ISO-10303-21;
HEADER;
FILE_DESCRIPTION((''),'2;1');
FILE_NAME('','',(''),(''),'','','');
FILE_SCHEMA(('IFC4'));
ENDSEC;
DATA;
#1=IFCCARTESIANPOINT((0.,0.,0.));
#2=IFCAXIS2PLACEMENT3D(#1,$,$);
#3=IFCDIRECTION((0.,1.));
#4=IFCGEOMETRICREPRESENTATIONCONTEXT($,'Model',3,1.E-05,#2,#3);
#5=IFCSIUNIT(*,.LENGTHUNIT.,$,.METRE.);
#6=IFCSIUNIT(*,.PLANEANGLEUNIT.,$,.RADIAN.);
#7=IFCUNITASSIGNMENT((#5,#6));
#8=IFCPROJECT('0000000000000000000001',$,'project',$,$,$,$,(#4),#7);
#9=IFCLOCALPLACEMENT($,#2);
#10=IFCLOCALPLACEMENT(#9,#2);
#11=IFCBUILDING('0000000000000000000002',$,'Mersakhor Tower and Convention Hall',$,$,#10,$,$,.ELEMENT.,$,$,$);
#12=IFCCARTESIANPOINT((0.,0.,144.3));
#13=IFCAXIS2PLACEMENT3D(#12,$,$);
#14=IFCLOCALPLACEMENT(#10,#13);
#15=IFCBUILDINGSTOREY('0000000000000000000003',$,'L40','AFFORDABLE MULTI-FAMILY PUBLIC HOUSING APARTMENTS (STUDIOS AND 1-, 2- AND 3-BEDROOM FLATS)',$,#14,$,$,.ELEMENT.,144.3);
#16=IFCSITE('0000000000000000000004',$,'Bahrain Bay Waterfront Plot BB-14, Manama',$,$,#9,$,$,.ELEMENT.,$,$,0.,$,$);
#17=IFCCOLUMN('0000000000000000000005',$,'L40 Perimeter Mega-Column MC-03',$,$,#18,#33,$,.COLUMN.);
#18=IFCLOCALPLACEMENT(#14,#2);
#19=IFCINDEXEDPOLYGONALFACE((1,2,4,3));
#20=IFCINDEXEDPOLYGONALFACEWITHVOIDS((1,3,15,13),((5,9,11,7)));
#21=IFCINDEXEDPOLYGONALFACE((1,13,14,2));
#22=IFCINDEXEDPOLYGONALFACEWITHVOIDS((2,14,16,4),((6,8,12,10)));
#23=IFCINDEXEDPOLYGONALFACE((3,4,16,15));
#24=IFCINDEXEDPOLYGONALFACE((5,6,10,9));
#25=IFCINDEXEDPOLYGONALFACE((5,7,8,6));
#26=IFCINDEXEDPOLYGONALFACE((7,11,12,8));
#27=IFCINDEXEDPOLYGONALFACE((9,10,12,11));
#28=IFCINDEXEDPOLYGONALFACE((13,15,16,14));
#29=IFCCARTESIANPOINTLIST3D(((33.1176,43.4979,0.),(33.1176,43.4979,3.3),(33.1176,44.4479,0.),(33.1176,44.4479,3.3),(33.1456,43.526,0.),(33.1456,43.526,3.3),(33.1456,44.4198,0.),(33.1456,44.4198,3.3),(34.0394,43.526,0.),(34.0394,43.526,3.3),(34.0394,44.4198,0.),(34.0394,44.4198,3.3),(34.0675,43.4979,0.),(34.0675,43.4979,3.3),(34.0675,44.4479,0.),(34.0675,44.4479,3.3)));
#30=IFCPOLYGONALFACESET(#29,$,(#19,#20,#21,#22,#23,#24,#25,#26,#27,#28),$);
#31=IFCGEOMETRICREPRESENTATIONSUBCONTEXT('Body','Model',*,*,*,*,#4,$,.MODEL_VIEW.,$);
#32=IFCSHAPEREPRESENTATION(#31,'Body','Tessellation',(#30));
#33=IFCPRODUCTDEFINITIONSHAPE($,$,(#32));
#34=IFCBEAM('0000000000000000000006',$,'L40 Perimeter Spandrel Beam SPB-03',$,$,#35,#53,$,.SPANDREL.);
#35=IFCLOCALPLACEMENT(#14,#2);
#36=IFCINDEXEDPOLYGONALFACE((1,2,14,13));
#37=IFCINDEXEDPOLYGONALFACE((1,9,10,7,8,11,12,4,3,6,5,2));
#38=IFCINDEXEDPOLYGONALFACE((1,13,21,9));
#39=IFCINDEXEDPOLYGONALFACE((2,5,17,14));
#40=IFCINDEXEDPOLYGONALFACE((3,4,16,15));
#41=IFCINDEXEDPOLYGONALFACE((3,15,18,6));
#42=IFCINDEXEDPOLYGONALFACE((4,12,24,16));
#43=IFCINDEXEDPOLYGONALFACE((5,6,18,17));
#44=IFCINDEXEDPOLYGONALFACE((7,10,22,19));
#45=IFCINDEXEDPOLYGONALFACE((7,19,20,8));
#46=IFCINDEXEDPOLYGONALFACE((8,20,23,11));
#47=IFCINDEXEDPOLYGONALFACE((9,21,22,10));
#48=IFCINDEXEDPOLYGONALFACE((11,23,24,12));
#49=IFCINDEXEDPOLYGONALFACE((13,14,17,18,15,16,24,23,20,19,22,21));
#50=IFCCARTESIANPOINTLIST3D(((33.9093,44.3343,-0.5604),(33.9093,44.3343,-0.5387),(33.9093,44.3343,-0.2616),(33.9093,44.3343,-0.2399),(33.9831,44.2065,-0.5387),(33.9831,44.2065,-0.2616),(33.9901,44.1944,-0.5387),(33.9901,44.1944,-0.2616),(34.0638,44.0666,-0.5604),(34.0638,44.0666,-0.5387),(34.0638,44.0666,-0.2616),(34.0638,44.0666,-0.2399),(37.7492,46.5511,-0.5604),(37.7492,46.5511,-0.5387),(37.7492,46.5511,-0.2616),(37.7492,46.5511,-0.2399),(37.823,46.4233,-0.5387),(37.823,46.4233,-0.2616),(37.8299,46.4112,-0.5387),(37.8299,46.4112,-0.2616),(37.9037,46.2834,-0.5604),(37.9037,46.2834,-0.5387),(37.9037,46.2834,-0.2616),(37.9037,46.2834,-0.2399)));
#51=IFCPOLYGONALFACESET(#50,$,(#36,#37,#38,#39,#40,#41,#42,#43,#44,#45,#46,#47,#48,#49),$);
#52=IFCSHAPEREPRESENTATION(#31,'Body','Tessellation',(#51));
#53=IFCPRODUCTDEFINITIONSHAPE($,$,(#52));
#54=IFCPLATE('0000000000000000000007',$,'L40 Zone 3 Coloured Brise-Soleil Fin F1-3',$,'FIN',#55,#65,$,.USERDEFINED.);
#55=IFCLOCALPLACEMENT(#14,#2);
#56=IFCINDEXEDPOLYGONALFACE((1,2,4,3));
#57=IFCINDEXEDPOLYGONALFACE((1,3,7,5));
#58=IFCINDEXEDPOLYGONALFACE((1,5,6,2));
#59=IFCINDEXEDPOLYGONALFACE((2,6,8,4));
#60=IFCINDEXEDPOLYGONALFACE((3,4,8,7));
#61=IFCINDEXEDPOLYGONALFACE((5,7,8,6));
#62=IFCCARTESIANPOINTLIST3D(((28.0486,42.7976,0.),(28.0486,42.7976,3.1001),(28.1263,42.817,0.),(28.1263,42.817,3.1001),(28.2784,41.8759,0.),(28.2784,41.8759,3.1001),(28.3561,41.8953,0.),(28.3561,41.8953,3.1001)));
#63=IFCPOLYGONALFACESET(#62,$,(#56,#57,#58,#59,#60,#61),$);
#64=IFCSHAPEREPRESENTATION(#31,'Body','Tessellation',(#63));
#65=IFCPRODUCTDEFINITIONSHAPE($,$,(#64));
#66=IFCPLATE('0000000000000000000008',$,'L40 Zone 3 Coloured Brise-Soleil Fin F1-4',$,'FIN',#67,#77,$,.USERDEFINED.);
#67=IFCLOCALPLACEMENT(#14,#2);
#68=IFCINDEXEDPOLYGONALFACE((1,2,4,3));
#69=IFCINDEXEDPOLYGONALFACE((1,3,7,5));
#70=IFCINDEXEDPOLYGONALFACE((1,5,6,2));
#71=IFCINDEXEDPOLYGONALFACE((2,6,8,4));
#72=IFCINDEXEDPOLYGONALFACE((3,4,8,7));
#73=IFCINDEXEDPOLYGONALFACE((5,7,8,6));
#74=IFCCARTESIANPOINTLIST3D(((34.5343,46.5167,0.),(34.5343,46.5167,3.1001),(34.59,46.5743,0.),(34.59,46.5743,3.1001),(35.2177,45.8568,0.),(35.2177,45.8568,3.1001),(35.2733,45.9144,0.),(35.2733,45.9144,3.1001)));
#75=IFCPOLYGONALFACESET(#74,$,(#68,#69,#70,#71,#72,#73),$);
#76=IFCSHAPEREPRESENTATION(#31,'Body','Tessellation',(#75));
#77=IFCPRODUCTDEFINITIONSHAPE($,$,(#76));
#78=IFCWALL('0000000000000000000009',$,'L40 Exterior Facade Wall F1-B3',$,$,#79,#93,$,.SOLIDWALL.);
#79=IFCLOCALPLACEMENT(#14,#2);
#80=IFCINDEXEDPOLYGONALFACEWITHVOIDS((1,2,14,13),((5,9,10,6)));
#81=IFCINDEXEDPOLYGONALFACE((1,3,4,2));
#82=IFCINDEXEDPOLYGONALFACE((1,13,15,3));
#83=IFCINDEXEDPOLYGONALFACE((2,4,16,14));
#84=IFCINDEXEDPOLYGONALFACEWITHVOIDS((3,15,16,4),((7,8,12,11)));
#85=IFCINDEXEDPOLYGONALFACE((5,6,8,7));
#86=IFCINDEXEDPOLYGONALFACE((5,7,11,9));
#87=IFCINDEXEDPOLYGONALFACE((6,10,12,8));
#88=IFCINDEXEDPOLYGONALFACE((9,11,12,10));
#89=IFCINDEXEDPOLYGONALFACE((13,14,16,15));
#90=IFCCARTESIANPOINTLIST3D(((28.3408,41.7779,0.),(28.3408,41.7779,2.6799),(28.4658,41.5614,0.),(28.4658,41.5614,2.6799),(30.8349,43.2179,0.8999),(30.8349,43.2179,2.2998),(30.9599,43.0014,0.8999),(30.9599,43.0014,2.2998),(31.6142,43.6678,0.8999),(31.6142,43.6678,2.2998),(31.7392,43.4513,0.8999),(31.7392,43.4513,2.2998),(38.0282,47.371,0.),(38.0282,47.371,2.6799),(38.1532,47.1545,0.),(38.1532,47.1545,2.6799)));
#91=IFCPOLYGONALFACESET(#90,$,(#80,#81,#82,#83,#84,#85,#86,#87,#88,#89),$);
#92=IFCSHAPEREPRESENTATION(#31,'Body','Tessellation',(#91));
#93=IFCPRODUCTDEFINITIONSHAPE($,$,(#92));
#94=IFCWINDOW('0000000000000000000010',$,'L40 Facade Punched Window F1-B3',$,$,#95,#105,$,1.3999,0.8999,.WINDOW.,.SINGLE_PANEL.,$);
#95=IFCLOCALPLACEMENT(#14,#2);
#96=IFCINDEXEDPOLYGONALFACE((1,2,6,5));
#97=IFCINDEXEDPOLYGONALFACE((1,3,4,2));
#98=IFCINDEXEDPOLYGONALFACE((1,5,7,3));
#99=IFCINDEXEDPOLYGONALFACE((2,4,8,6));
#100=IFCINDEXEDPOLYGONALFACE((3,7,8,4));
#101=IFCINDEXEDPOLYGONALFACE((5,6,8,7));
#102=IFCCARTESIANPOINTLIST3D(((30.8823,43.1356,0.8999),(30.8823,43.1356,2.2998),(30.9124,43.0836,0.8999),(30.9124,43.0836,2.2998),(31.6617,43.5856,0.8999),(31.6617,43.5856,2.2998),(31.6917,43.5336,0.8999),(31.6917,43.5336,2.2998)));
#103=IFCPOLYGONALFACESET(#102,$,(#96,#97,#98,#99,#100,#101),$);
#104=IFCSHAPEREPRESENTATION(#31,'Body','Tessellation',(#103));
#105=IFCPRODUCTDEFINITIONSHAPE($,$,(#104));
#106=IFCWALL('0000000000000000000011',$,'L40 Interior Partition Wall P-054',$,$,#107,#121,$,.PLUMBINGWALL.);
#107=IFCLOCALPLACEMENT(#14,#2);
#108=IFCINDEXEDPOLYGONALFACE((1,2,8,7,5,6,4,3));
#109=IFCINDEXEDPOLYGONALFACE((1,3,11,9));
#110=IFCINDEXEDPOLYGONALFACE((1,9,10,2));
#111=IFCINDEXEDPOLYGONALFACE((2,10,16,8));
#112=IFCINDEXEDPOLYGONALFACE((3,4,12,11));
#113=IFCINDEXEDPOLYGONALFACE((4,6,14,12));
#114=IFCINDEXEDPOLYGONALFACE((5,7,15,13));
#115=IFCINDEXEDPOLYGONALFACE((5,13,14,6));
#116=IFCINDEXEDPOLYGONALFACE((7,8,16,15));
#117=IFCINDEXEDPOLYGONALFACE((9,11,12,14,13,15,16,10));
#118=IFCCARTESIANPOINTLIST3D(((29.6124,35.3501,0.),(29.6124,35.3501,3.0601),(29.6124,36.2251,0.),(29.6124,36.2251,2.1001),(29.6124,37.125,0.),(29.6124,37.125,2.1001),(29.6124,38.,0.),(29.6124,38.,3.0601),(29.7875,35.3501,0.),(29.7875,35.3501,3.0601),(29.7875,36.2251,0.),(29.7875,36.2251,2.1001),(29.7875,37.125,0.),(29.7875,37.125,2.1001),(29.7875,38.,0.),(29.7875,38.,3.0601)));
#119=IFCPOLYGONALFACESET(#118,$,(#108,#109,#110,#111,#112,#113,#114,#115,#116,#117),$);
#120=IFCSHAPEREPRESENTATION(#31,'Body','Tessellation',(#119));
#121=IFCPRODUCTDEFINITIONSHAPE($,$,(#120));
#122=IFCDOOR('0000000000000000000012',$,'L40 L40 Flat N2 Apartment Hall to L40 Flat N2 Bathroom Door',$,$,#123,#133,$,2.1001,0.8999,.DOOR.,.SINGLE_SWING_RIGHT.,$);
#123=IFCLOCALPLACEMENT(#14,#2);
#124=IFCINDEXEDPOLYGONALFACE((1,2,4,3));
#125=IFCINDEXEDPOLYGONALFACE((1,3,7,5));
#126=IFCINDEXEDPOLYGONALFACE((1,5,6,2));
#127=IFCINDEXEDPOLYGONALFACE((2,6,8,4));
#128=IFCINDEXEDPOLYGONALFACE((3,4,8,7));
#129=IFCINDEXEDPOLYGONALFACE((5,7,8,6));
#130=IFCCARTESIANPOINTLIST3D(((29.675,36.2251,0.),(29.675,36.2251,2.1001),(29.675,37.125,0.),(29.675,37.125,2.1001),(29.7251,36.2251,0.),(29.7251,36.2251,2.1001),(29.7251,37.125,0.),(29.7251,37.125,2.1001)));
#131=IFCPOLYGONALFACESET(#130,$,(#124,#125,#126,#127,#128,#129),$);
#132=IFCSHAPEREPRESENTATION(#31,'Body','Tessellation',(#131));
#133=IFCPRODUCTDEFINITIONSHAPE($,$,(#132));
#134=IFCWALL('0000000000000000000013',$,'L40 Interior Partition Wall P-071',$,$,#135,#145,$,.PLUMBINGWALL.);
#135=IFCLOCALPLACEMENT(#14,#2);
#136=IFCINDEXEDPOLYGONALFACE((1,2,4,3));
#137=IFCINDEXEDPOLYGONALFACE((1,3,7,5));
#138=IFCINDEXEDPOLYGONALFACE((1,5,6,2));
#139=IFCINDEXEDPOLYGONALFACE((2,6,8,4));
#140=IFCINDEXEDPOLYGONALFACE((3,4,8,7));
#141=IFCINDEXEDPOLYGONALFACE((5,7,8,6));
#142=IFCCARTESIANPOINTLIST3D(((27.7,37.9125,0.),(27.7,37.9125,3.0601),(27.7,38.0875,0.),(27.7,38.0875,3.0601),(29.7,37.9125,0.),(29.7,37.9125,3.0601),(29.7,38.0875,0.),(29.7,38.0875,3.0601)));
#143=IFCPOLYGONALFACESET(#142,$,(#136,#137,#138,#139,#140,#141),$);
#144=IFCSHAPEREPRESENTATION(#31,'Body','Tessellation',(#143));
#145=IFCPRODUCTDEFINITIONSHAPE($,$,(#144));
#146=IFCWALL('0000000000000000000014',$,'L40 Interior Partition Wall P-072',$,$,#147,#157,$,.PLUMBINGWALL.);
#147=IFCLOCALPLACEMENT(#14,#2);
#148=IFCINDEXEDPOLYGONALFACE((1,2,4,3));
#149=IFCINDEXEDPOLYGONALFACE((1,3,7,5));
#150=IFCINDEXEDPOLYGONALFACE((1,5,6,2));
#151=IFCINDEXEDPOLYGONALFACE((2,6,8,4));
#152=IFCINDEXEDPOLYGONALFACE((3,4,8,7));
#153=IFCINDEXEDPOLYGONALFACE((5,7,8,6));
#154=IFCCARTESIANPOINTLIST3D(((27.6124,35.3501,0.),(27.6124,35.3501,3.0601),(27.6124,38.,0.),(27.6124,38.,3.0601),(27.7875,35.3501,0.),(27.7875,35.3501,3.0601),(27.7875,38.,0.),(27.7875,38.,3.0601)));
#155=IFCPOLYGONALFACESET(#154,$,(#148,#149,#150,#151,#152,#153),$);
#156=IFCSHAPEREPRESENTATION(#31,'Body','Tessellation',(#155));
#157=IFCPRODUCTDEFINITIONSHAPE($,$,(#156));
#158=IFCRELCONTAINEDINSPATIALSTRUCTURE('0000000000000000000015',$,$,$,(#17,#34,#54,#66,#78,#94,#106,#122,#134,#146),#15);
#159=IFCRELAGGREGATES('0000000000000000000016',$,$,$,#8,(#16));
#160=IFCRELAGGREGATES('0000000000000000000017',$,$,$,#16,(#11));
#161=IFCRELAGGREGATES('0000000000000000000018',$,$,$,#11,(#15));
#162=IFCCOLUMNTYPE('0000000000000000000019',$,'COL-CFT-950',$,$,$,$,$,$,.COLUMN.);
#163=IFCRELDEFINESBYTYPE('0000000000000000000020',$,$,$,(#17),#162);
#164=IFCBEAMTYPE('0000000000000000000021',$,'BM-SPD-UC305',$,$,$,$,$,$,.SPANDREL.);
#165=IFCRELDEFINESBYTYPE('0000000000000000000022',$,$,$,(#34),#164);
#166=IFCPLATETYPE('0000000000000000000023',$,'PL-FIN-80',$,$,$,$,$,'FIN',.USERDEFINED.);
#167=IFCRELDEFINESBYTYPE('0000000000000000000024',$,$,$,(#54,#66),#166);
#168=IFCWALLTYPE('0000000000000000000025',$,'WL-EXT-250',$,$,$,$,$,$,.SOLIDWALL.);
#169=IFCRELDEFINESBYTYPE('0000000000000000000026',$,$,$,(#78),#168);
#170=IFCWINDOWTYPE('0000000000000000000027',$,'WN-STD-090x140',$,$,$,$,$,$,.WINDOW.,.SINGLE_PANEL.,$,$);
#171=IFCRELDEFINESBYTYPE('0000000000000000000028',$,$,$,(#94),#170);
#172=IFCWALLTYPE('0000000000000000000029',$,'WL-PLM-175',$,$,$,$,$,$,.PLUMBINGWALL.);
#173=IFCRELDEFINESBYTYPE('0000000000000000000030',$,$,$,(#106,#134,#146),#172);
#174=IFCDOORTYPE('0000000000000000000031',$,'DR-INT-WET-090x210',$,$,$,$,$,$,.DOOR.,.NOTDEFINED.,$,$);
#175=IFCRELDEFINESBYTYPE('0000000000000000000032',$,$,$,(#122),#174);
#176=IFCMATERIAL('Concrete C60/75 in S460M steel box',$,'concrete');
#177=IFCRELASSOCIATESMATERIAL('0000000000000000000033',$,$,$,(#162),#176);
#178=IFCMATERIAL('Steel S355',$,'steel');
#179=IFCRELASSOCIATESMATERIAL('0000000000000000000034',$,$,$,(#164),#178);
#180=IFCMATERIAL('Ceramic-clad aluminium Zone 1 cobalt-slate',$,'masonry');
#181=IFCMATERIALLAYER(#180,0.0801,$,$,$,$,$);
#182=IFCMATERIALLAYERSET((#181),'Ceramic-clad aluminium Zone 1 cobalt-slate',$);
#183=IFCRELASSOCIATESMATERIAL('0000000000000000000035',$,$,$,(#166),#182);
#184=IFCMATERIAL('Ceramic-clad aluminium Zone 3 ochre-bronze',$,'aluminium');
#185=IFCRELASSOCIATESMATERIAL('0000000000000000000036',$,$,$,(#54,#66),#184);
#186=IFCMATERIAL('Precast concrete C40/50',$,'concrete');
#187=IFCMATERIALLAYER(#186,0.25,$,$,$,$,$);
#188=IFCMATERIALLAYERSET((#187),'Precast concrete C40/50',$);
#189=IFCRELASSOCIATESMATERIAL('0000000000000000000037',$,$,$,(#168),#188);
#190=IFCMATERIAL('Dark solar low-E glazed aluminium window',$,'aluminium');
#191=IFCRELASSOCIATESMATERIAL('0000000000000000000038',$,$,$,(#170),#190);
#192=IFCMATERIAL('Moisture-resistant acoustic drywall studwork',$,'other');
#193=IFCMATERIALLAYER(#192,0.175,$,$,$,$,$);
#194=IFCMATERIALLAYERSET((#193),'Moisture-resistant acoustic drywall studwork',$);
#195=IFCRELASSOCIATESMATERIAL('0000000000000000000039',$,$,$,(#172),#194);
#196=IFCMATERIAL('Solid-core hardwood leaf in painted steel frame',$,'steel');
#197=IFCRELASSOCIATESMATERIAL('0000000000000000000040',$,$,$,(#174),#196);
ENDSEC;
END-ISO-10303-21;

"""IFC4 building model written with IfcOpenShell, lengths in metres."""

from ifc_helpers import new_model, si_unit, direction, frame, frame_2d, origin, origin_2d, place, context, subcontext, project, spatial, rectangle, hollow_rectangle, i_section, extrude, material, layer, layer_set, material_profile, profile_set, type_object, element, fill, save


model = new_model("IFC4")

# Units and contexts
model_context = context("Model", 3, precision=1e-05, world=origin(), true_north=direction((0.0, 1.0)))
body_context = subcontext(model_context, "Body", "Model", "MODEL_VIEW")
ifc_project = project(units=[si_unit("LENGTHUNIT", "METRE"), si_unit("PLANEANGLEUNIT", "RADIAN")], contexts=[model_context])

# Site, building, storey
site_placement = place(None, origin())
site = spatial("IfcSite", under=ifc_project, at=site_placement, Name="Bahrain Bay Waterfront Plot BB-14, Manama", CompositionType="ELEMENT", RefElevation=0.0)
building_placement = place(site_placement, origin())
building = spatial("IfcBuilding", under=site, at=building_placement, Name="Mersakhor Tower and Convention Hall", CompositionType="ELEMENT")
storey_placement = place(building_placement, frame((0.0, 0.0, 144.3)))
storey = spatial("IfcBuildingStorey", under=building, at=storey_placement, Name="L40", Description="AFFORDABLE MULTI-FAMILY PUBLIC HOUSING APARTMENTS (STUDIOS AND 1-, 2- AND 3-BEDROOM FLATS)", CompositionType="ELEMENT", Elevation=144.3)

# Column
ifc_material_1 = material(Name="Concrete C60/75 in S460M steel box", Category="concrete")
ifc_material_profile_1 = material_profile(ifc_material_1, hollow_rectangle(XDim=0.95, YDim=0.95, WallThickness=0.0281, at=origin_2d()), Name="SHS 950x950x28")
ifc_profile_set_1 = profile_set([ifc_material_profile_1], Name="Concrete C60/75 in S460M steel box")
column_type = type_object("IfcColumnType", Name="COL-CFT-950", PredefinedType="COLUMN", material=ifc_profile_set_1)
column_placement = place(storey_placement, frame((33.5925, 43.9729, 0.0), z_axis=(0.0, 0.0, 1.0), x_axis=(1.0, 0.0, 0.0)))
element("IfcColumn", 1, at=column_placement, inside=storey, type_object=column_type, Name="L40 Perimeter Mega-Column MC-03", PredefinedType="COLUMN", context=body_context, shape_type="SweptSolid", body=[
    extrude(hollow_rectangle(XDim=0.95, YDim=0.95, WallThickness=0.0281, at=origin_2d()), origin(), (0.0, 0.0, 1.0), 3.3),
])

# Beam
ifc_material_2 = material(Name="Steel S355", Category="steel")
ifc_material_profile_2 = material_profile(ifc_material_2, i_section(OverallWidth=0.3091, OverallDepth=0.3206, WebThickness=0.0139, FlangeThickness=0.0217, at=origin_2d()), Name="UC 305x305x137")
ifc_profile_set_2 = profile_set([ifc_material_profile_2], Name="Steel S355")
beam_type = type_object("IfcBeamType", Name="BM-SPD-UC305", PredefinedType="SPANDREL", material=ifc_profile_set_2)
beam_placement = place(storey_placement, frame((33.9866, 44.2004, -0.4001), z_axis=(0.866039, 0.499977, 0.0), x_axis=(-0.499977, 0.866039, 0.0)))
element("IfcBeam", 2, at=beam_placement, inside=storey, type_object=beam_type, Name="L40 Perimeter Spandrel Beam SPB-03", PredefinedType="SPANDREL", context=body_context, shape_type="SweptSolid", body=[
    extrude(i_section(OverallWidth=0.3091, OverallDepth=0.3206, WebThickness=0.0139, FlangeThickness=0.0217, at=origin_2d()), origin(), (0.0, 0.0, 1.0), 4.4338),
])

# Plates
ifc_material_3 = material(Name="Ceramic-clad aluminium Zone 3 ochre-bronze", Category="aluminium")
ifc_material_4 = material(Name="Ceramic-clad aluminium Zone 1 cobalt-slate", Category="masonry")
ifc_layer_1 = layer(ifc_material_4, 0.0801)
ifc_layer_set_1 = layer_set([ifc_layer_1], Name="Ceramic-clad aluminium Zone 1 cobalt-slate")
plate_type = type_object("IfcPlateType", Name="PL-FIN-80", ElementType="FIN", PredefinedType="USERDEFINED", material=ifc_layer_set_1)
for number, where, z_axis, x_axis, name in (
    (3, (28.2024, 42.3464, 0.0), (0.0, 0.0, 1.0), (-0.241922, 0.970296, 0.0), "L40 Zone 3 Coloured Brise-Soleil Fin F1-3"),
    (4, (34.9038, 46.2156, 0.0), (0.0, 0.0, 1.0), (-0.71934, 0.694658, 0.0), "L40 Zone 3 Coloured Brise-Soleil Fin F1-4"),
):
    element("IfcPlate", number, at=place(storey_placement, frame(where, z_axis=z_axis, x_axis=x_axis)), inside=storey, type_object=plate_type, material=ifc_material_3, Name=name, ObjectType="FIN", PredefinedType="USERDEFINED", context=body_context, shape_type="SweptSolid", body=[
        extrude(rectangle(XDim=0.95, YDim=0.0801, at=origin_2d()), origin(), (0.0, 0.0, 1.0), 3.1001),
    ])

# Wall, opening, window
ifc_material_5 = material(Name="Precast concrete C40/50", Category="concrete")
ifc_layer_2 = layer(ifc_material_5, 0.25)
ifc_layer_set_2 = layer_set([ifc_layer_2], Name="Precast concrete C40/50")
wall_type_1 = type_object("IfcWallType", Name="WL-EXT-250", PredefinedType="SOLIDWALL", material=ifc_layer_set_2)
wall_1_placement = place(storey_placement, frame((28.4033, 41.6697, 0.0), z_axis=(0.0, 0.0, 1.0), x_axis=(0.866022, 0.500005, 0.0)))
wall_1 = element("IfcWall", 5, at=wall_1_placement, inside=storey, type_object=wall_type_1, Name="L40 Exterior Facade Wall F1-B3", PredefinedType="SOLIDWALL", context=body_context, shape_type="SweptSolid", body=[
    extrude(rectangle(XDim=11.186, YDim=0.25, at=frame_2d((5.593, 0.0))), origin(), (0.0, 0.0, 1.0), 2.6799),
])
opening_1_placement = place(wall_1_placement, frame((2.8799, 0.0, 0.8999)))
opening_1 = element("IfcOpeningElement", 6, at=opening_1_placement, cuts=wall_1, PredefinedType="OPENING", context=body_context, shape_type="SweptSolid", body=[
    extrude(rectangle(XDim=0.8999, YDim=1.3999, at=frame_2d((0.45, 0.7))), frame((0.0, 0.135, 0.0), z_axis=(0.0, -1.0, 0.0), x_axis=(1.0, 0.0, 0.0)), (0.0, 0.0, 1.0), 0.27),
])
ifc_material_6 = material(Name="Dark solar low-E glazed aluminium window", Category="aluminium")
window_type = type_object("IfcWindowType", Name="WN-STD-090x140", PartitioningType="SINGLE_PANEL", PredefinedType="WINDOW", material=ifc_material_6)
window_placement = place(opening_1_placement, origin())
window = element("IfcWindow", 7, at=window_placement, inside=storey, type_object=window_type, Name="L40 Facade Punched Window F1-B3", OverallHeight=1.3999, OverallWidth=0.8999, PartitioningType="SINGLE_PANEL", PredefinedType="WINDOW", context=body_context, shape_type="SweptSolid", body=[
    extrude(rectangle(XDim=0.8999, YDim=1.3999, at=frame_2d((0.45, 0.7))), frame((0.0, 0.03, 0.0), z_axis=(0.0, -1.0, 0.0), x_axis=(1.0, 0.0, 0.0)), (0.0, 0.0, 1.0), 0.0601),
])
fill(opening_1, window)

# Wall, opening, door
ifc_material_7 = material(Name="Moisture-resistant acoustic drywall studwork", Category="other")
ifc_layer_3 = layer(ifc_material_7, 0.175)
ifc_layer_set_3 = layer_set([ifc_layer_3], Name="Moisture-resistant acoustic drywall studwork")
wall_type_2 = type_object("IfcWallType", Name="WL-PLM-175", PredefinedType="PLUMBINGWALL", material=ifc_layer_set_3)
wall_2_placement = place(storey_placement, frame((29.7, 35.3501, 0.0), z_axis=(0.0, 0.0, 1.0), x_axis=(0.0, 1.0, 0.0)))
wall_2 = element("IfcWall", 8, at=wall_2_placement, inside=storey, type_object=wall_type_2, Name="L40 Interior Partition Wall P-054", PredefinedType="PLUMBINGWALL", context=body_context, shape_type="SweptSolid", body=[
    extrude(rectangle(XDim=2.6499, YDim=0.175, at=frame_2d((1.325, 0.0))), origin(), (0.0, 0.0, 1.0), 3.0601),
])
opening_2_placement = place(wall_2_placement, frame((0.875, 0.0, 0.0)))
opening_2 = element("IfcOpeningElement", 9, at=opening_2_placement, cuts=wall_2, PredefinedType="OPENING", context=body_context, shape_type="SweptSolid", body=[
    extrude(rectangle(XDim=0.8999, YDim=2.1001, at=frame_2d((0.45, 1.05))), frame((0.0, 0.0974, 0.0), z_axis=(0.0, -1.0, 0.0), x_axis=(1.0, 0.0, 0.0)), (0.0, 0.0, 1.0), 0.1951),
])
ifc_material_8 = material(Name="Solid-core hardwood leaf in painted steel frame", Category="steel")
door_type_1 = type_object("IfcDoorType", Name="DR-INT-WET-090x210", OperationType="NOTDEFINED", PredefinedType="DOOR", material=ifc_material_8)
door_1_placement = place(opening_2_placement, origin())
door_1 = element("IfcDoor", 10, at=door_1_placement, inside=storey, type_object=door_type_1, Name="L40 L40 Flat N2 Apartment Hall to L40 Flat N2 Bathroom Door", OperationType="SINGLE_SWING_RIGHT", OverallHeight=2.1001, OverallWidth=0.8999, PredefinedType="DOOR", context=body_context, shape_type="SweptSolid", body=[
    extrude(rectangle(XDim=0.8999, YDim=2.1001, at=frame_2d((0.45, 1.05))), frame((0.0, 0.0249, 0.0), z_axis=(0.0, -1.0, 0.0), x_axis=(1.0, 0.0, 0.0)), (0.0, 0.0, 1.0), 0.05),
])
fill(opening_2, door_1)

# Walls
wall_3_placement = place(storey_placement, frame((27.7, 38.0, 0.0), z_axis=(0.0, 0.0, 1.0), x_axis=(1.0, 0.0, 0.0)))
element("IfcWall", 11, at=wall_3_placement, inside=storey, type_object=wall_type_2, Name="L40 Interior Partition Wall P-071", PredefinedType="PLUMBINGWALL", context=body_context, shape_type="SweptSolid", body=[
    extrude(rectangle(XDim=2.0, YDim=0.175, at=frame_2d((1.0, 0.0))), origin(), (0.0, 0.0, 1.0), 3.0601),
])
wall_4_placement = place(storey_placement, frame((27.7, 35.3501, 0.0), z_axis=(0.0, 0.0, 1.0), x_axis=(0.0, 1.0, 0.0)))
element("IfcWall", 12, at=wall_4_placement, inside=storey, type_object=wall_type_2, Name="L40 Interior Partition Wall P-072", PredefinedType="PLUMBINGWALL", context=body_context, shape_type="SweptSolid", body=[
    extrude(rectangle(XDim=2.6499, YDim=0.175, at=frame_2d((1.325, 0.0))), origin(), (0.0, 0.0, 1.0), 3.0601),
])

save(model, "model.ifc")
